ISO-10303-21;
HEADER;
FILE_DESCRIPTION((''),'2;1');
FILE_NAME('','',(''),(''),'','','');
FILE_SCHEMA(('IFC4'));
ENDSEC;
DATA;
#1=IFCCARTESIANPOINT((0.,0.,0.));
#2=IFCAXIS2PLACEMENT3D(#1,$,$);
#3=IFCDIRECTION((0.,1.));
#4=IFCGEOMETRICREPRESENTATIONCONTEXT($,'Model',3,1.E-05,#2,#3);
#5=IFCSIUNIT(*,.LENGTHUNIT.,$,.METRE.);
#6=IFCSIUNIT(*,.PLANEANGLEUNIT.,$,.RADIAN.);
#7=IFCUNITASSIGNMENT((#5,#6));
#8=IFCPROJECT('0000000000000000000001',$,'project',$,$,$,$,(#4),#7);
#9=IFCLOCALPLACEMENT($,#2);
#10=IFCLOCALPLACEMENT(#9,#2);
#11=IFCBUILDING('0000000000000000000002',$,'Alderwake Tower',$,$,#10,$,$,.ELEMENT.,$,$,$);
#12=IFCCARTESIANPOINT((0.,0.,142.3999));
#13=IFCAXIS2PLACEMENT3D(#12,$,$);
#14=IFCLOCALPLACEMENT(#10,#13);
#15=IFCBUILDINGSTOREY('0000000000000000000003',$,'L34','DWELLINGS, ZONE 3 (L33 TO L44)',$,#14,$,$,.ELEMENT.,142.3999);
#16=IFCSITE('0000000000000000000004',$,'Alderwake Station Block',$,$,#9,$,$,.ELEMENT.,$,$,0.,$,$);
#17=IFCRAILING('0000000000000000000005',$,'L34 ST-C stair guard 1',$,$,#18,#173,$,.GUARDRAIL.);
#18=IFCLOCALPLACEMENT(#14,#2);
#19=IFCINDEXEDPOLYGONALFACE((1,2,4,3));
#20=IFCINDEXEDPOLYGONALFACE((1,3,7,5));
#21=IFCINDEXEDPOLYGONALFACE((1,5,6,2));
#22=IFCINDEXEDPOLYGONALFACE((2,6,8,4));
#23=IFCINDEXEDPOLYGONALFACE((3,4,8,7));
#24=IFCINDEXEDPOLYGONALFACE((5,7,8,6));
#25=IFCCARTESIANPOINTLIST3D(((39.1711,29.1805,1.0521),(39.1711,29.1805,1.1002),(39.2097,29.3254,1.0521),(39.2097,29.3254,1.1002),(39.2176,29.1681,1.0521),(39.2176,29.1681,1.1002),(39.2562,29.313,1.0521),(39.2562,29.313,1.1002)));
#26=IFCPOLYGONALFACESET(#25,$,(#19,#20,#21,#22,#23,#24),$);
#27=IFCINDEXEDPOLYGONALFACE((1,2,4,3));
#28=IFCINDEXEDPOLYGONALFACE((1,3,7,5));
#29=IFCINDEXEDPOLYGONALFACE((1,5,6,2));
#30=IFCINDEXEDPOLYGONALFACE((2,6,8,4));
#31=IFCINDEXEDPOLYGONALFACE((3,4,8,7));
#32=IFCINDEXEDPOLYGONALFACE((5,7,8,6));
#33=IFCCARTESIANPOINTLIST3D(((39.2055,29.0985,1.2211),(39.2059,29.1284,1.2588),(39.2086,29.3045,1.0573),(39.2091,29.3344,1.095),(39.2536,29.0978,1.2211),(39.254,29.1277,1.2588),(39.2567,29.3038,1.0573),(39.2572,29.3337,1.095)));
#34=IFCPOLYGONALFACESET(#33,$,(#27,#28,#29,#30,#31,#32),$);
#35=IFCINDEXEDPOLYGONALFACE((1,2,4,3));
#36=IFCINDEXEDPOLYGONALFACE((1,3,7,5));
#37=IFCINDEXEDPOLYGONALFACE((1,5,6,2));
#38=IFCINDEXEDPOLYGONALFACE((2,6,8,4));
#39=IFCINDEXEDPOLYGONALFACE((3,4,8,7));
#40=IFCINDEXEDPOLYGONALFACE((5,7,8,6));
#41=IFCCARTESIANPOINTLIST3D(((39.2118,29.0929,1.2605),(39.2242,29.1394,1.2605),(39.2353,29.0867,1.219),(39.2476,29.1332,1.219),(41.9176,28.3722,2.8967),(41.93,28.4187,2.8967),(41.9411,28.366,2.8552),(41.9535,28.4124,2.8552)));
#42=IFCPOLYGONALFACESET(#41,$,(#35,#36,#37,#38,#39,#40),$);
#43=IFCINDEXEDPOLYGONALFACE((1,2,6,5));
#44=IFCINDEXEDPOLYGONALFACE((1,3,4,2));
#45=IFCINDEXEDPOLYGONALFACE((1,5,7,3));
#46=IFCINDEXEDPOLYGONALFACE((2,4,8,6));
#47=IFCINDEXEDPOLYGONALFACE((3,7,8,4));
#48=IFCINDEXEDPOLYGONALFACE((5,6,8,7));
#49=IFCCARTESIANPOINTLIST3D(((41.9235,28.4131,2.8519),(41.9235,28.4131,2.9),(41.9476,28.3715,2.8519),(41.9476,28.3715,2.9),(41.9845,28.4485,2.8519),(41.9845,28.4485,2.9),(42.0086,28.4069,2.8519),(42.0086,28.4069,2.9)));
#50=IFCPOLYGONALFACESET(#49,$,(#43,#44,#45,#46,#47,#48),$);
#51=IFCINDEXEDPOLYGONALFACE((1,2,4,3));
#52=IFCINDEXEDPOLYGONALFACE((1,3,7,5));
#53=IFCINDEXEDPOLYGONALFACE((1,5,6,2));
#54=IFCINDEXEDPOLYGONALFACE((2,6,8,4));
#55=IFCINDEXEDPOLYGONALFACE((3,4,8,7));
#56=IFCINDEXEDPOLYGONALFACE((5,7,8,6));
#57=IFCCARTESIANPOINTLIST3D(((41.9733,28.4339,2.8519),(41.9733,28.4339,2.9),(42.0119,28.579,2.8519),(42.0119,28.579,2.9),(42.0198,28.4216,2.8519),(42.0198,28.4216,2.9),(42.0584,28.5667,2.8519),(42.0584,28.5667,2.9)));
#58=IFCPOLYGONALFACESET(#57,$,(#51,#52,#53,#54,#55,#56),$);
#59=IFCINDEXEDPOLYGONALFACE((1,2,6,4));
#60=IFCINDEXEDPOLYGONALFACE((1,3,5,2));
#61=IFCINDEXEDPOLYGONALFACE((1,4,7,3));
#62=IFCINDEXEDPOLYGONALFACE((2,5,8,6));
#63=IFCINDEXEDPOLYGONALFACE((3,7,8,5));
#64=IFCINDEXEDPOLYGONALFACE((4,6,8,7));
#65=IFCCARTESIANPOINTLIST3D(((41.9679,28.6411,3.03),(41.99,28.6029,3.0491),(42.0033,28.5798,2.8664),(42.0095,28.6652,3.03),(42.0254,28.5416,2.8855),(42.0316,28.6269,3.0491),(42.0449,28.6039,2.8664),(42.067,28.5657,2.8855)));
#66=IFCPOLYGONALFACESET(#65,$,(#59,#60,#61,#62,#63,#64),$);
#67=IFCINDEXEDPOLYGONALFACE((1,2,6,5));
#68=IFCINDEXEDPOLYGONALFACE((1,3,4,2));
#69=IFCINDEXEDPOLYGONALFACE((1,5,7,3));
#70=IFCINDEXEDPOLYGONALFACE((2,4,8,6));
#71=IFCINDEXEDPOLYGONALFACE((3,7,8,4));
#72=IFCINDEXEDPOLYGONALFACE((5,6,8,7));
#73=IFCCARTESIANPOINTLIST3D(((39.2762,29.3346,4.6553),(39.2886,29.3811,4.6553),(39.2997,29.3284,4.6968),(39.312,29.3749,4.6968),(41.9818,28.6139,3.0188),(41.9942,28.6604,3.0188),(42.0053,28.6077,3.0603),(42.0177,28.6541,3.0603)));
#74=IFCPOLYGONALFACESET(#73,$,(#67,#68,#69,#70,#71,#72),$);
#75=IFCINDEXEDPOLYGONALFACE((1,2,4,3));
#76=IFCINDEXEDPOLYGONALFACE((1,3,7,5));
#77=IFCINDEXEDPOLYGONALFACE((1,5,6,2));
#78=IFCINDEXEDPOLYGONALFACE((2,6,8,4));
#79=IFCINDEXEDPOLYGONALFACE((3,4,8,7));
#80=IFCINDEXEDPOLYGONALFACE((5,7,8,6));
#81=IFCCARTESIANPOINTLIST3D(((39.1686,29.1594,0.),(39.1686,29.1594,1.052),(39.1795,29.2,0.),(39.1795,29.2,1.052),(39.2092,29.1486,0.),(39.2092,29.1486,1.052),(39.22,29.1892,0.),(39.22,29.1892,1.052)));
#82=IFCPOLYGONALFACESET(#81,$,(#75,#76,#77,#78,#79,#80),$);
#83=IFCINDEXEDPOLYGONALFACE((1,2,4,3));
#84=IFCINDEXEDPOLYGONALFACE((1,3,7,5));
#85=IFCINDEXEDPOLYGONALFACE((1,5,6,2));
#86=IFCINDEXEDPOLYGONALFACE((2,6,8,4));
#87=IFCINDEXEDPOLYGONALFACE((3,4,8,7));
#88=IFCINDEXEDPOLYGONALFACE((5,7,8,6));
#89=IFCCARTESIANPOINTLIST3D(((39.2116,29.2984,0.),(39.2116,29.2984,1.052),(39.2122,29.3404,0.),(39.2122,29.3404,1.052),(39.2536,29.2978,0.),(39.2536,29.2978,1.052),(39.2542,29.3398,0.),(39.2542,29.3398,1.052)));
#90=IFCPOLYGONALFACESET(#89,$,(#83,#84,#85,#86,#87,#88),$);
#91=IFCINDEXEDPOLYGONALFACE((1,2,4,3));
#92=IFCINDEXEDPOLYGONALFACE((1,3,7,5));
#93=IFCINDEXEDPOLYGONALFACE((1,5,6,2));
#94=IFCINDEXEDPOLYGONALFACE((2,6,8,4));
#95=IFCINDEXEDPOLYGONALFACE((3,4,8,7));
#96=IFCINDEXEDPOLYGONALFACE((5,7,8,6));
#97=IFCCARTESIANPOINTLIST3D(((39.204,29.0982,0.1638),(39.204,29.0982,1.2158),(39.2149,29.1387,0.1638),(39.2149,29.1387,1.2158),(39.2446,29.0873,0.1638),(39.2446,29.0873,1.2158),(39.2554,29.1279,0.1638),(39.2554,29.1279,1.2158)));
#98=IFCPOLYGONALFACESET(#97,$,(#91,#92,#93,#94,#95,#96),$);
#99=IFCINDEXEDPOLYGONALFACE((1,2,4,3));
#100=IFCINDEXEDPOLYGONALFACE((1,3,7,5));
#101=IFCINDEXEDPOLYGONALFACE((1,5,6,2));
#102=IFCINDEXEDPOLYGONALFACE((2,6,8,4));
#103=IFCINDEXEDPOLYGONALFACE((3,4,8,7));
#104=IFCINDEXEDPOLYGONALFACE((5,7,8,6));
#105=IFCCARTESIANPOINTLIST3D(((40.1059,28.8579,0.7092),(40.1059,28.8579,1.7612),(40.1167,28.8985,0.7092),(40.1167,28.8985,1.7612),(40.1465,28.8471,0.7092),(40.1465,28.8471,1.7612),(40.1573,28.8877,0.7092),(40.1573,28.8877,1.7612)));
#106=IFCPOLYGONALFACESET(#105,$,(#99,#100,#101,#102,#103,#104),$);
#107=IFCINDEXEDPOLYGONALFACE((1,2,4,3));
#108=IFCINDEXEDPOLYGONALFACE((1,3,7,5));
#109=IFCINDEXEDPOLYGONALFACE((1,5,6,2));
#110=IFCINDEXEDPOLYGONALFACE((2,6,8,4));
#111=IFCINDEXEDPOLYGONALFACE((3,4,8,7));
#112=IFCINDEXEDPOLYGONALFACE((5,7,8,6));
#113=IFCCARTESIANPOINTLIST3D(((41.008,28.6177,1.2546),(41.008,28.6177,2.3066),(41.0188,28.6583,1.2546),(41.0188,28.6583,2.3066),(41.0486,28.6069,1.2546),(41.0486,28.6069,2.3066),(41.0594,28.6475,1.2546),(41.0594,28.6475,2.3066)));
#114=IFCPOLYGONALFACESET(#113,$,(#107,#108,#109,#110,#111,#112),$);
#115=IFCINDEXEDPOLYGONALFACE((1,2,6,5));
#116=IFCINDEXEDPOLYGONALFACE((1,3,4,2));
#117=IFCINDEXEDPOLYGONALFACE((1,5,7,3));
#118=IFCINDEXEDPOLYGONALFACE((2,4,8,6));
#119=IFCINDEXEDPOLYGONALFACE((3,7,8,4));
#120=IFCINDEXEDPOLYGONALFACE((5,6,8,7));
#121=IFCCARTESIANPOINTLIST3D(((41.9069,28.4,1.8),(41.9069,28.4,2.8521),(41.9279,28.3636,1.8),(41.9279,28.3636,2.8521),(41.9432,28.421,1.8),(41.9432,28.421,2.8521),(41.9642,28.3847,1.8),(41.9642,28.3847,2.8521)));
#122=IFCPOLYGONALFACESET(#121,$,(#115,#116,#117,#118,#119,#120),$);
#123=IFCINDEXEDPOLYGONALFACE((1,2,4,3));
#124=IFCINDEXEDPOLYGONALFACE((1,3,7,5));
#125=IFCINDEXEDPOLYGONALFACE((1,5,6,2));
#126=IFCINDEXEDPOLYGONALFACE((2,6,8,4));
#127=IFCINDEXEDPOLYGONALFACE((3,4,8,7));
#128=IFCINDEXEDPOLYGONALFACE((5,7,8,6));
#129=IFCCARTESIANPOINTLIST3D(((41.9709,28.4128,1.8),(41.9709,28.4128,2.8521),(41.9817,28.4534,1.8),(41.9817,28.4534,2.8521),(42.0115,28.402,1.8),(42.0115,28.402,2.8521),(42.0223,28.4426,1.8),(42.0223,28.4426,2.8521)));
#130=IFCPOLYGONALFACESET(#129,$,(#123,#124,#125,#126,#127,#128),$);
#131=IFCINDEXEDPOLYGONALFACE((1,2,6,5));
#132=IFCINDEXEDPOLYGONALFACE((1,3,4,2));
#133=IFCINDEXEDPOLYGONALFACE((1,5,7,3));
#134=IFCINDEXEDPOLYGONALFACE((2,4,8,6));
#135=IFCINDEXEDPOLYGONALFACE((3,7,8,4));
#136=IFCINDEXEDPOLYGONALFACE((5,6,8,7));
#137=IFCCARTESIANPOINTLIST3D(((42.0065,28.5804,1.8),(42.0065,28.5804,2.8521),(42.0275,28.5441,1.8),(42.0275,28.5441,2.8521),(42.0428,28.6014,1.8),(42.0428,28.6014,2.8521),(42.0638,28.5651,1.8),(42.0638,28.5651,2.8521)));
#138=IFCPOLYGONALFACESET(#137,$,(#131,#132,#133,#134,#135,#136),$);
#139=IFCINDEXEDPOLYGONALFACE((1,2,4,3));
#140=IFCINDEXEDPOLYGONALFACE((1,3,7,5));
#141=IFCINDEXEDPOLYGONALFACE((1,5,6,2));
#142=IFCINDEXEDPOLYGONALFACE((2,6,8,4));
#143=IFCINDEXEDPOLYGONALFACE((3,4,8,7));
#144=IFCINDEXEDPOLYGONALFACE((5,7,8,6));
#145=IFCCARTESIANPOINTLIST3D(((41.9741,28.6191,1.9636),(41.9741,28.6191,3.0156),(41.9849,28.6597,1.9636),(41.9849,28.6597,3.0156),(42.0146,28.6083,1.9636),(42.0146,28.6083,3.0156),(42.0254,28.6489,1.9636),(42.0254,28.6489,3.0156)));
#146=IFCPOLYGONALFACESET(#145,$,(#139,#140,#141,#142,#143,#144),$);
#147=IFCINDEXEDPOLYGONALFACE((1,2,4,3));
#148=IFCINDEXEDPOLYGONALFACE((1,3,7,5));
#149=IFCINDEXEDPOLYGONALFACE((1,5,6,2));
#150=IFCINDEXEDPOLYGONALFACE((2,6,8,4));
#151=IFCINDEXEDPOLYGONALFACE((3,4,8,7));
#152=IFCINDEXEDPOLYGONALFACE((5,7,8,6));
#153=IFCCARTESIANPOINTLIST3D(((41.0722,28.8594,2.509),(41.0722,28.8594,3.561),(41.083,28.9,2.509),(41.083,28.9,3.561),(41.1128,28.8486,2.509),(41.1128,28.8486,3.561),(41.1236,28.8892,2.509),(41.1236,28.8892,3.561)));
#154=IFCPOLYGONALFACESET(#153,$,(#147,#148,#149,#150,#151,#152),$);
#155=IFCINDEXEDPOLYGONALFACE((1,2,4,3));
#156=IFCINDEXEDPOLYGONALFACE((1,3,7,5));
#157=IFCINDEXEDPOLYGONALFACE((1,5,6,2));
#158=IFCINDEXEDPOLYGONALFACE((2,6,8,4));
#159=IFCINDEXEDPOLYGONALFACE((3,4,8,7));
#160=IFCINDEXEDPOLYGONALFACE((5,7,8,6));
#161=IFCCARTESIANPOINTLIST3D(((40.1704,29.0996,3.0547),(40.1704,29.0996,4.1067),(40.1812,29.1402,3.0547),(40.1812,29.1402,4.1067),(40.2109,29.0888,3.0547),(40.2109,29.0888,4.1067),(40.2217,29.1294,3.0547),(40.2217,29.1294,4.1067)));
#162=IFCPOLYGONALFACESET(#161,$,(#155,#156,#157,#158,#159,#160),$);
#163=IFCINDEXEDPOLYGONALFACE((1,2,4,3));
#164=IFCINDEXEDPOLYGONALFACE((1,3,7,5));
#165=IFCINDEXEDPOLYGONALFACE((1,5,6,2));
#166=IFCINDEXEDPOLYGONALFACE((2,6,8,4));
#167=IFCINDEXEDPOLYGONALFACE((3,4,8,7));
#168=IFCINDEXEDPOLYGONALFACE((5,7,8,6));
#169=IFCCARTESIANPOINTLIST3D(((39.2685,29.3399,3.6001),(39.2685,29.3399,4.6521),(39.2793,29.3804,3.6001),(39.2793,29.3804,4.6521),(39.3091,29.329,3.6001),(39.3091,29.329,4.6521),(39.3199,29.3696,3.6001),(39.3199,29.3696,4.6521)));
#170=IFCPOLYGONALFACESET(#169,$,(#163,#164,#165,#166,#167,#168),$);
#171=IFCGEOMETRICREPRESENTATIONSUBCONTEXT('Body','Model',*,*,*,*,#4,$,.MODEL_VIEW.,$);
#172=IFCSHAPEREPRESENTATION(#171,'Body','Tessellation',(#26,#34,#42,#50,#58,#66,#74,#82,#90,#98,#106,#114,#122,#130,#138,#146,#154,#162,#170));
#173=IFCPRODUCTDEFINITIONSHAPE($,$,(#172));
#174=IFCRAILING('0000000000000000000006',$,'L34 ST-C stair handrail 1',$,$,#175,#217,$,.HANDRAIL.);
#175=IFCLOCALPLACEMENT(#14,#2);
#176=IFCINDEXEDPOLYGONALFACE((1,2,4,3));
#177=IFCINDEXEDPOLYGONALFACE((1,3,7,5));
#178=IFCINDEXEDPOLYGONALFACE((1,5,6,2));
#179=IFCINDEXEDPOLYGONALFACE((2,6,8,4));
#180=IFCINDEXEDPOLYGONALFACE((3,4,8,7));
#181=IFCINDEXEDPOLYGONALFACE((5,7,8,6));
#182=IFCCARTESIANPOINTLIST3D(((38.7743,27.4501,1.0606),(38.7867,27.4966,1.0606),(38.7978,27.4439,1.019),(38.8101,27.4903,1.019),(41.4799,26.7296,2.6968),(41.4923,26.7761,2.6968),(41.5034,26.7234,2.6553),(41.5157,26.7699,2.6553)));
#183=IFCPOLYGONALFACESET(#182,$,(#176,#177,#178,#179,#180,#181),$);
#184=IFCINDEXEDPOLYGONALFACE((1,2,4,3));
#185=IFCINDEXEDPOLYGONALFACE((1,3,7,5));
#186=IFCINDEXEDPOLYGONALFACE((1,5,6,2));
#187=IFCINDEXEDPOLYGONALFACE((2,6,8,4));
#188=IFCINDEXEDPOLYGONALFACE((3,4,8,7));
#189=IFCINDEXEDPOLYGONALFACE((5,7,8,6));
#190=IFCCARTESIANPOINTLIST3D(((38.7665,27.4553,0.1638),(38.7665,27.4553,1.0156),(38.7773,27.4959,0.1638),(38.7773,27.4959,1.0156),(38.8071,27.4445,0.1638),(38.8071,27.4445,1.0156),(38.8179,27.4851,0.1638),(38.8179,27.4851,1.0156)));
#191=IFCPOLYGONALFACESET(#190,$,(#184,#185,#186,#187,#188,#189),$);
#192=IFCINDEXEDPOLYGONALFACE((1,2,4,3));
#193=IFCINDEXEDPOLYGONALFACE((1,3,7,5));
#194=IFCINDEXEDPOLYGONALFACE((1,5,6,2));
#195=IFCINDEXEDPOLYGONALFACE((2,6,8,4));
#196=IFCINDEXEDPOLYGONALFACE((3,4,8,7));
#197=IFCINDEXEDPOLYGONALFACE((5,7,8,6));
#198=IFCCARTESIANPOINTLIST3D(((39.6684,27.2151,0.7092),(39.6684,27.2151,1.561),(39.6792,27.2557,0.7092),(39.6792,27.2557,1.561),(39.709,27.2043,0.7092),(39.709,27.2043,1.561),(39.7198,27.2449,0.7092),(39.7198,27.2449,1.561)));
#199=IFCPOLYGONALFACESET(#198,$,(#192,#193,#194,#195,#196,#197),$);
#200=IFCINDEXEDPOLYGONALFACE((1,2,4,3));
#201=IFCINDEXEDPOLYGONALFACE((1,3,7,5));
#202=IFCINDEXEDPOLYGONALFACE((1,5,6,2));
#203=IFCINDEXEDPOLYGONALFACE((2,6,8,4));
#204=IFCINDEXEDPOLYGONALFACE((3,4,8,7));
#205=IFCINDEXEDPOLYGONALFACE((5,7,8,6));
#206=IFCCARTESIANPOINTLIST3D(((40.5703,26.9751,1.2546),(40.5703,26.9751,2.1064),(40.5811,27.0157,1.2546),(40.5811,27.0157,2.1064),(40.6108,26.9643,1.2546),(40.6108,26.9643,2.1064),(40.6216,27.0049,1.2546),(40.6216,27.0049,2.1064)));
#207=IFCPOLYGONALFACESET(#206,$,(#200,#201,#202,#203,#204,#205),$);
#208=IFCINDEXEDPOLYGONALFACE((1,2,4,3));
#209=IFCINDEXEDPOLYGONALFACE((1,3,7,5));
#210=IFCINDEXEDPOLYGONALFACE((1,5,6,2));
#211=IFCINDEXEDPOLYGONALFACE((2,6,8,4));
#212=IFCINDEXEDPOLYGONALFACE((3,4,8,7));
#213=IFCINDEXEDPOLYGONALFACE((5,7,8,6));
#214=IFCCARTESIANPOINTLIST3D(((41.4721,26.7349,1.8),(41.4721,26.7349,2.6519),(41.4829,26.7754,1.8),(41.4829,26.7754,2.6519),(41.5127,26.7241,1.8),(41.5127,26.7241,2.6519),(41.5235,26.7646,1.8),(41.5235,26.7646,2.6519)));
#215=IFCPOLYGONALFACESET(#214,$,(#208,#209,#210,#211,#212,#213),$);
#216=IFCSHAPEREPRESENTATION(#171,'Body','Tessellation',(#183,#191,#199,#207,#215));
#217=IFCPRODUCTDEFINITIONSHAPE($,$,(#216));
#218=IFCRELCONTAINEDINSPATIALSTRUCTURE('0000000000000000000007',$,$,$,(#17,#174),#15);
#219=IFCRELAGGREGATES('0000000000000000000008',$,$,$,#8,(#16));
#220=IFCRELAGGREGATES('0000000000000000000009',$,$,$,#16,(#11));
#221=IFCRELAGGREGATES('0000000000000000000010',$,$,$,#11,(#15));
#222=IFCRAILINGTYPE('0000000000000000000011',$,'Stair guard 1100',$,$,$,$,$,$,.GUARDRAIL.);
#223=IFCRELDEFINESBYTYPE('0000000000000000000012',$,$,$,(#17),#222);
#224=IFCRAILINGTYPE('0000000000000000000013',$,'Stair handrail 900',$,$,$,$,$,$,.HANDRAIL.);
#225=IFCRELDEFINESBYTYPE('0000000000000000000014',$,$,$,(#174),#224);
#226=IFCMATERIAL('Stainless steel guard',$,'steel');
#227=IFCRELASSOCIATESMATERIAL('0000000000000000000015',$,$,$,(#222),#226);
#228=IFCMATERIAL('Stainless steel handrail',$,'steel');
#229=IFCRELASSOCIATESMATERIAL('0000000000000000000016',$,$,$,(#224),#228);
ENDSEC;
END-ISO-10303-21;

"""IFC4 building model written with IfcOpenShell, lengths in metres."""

from ifc_helpers import new_model, si_unit, direction, frame, origin, origin_2d, place, context, subcontext, project, spatial, rectangle, extrude, material, type_object, element, save


model = new_model("IFC4")

# Units and contexts
model_context = context("Model", 3, precision=1e-05, world=origin(), true_north=direction((0.0, 1.0)))
body_context = subcontext(model_context, "Body", "Model", "MODEL_VIEW")
ifc_project = project(units=[si_unit("LENGTHUNIT", "METRE"), si_unit("PLANEANGLEUNIT", "RADIAN")], contexts=[model_context])

# Site, building, storey
site_placement = place(None, origin())
site = spatial("IfcSite", under=ifc_project, at=site_placement, Name="Alderwake Station Block", CompositionType="ELEMENT", RefElevation=0.0)
building_placement = place(site_placement, origin())
building = spatial("IfcBuilding", under=site, at=building_placement, Name="Alderwake Tower", CompositionType="ELEMENT")
storey_placement = place(building_placement, frame((0.0, 0.0, 142.3999)))
storey = spatial("IfcBuildingStorey", under=building, at=storey_placement, Name="L34", Description="DWELLINGS, ZONE 3 (L33 TO L44)", CompositionType="ELEMENT", Elevation=142.3999)

# Railings
ifc_material_1 = material(Name="Stainless steel guard", Category="steel")
railing_type_1 = type_object("IfcRailingType", Name="Stair guard 1100", PredefinedType="GUARDRAIL", material=ifc_material_1)
railing_1_placement = place(storey_placement, frame((39.1943, 29.1743, 0.0)))
element("IfcRailing", 1, at=railing_1_placement, inside=storey, type_object=railing_type_1, Name="L34 ST-C stair guard 1", PredefinedType="GUARDRAIL", context=body_context, shape_type="SweptSolid", body=[
    extrude(rectangle(XDim=0.0481, YDim=0.0481, at=origin_2d()), frame((0.0, 0.0, 1.0762), z_axis=(0.25746, 0.966289, 0.0), x_axis=(-0.966289, 0.25746, 0.0)), (0.0, 0.0, 1.0), 0.1499),
    extrude(rectangle(XDim=0.0481, YDim=0.0481, at=origin_2d()), frame((0.0386, 0.1448, 1.0762), z_axis=(-0.012056, -0.782708, 0.622272), x_axis=(0.999881, -0.015401, 0.0)), (0.0, 0.0, 1.0), 0.2632),
    extrude(rectangle(XDim=0.0481, YDim=0.0481, at=origin_2d()), frame((0.0354, -0.0613, 1.2397), z_axis=(0.834314, -0.222223, 0.504518), x_axis=(0.25738, 0.96631, 0.0)), (0.0, 0.0, 1.0), 3.2432),
    extrude(rectangle(XDim=0.0481, YDim=0.0481, at=origin_2d()), frame((2.7412, -0.782, 2.876), z_axis=(0.865031, 0.501718, 0.0), x_axis=(-0.501718, 0.865031, 0.0)), (0.0, 0.0, 1.0), 0.0706),
    extrude(rectangle(XDim=0.0481, YDim=0.0481, at=origin_2d()), frame((2.8022, -0.7466, 2.876), z_axis=(0.257055, 0.966397, 0.0), x_axis=(-0.966397, 0.257055, 0.0)), (0.0, 0.0, 1.0), 0.1501),
    extrude(rectangle(XDim=0.0481, YDim=0.0481, at=origin_2d()), frame((2.8408, -0.6016, 2.876), z_axis=(-0.198625, 0.343827, 0.917786), x_axis=(-0.865898, -0.50022, 0.0)), (0.0, 0.0, 1.0), 0.1782),
    extrude(rectangle(XDim=0.0481, YDim=0.0481, at=origin_2d()), frame((2.8054, -0.5403, 3.0396), z_axis=(-0.834259, 0.222228, 0.504605), x_axis=(-0.257402, -0.966304, 0.0)), (0.0, 0.0, 1.0), 3.2432),
    extrude(rectangle(XDim=0.042, YDim=0.042, at=origin_2d()), frame((0.0, 0.0, 0.0), z_axis=(0.0, 0.0, 1.0), x_axis=(0.25746, 0.966289, 0.0)), (0.0, 0.0, 1.0), 1.052),
    extrude(rectangle(XDim=0.042, YDim=0.042, at=origin_2d()), frame((0.0386, 0.1448, 0.0), z_axis=(0.0, 0.0, 1.0), x_axis=(-0.015401, -0.999881, 0.0)), (0.0, 0.0, 1.0), 1.052),
    extrude(rectangle(XDim=0.042, YDim=0.042, at=origin_2d()), frame((0.0354, -0.0613, 0.1638), z_axis=(0.0, 0.0, 1.0), x_axis=(0.96631, -0.25738, 0.0)), (0.0, 0.0, 1.0), 1.052),
    extrude(rectangle(XDim=0.042, YDim=0.042, at=origin_2d()), frame((0.9373, -0.3015, 0.7092), z_axis=(0.0, 0.0, 1.0), x_axis=(0.96631, -0.25738, 0.0)), (0.0, 0.0, 1.0), 1.052),
    extrude(rectangle(XDim=0.042, YDim=0.042, at=origin_2d()), frame((1.8394, -0.5417, 1.2546), z_axis=(0.0, 0.0, 1.0), x_axis=(0.96631, -0.25738, 0.0)), (0.0, 0.0, 1.0), 1.052),
    extrude(rectangle(XDim=0.042, YDim=0.042, at=origin_2d()), frame((2.7412, -0.782, 1.8), z_axis=(0.0, 0.0, 1.0), x_axis=(0.865031, 0.501718, 0.0)), (0.0, 0.0, 1.0), 1.052),
    extrude(rectangle(XDim=0.042, YDim=0.042, at=origin_2d()), frame((2.8022, -0.7466, 1.8), z_axis=(0.0, 0.0, 1.0), x_axis=(0.257055, 0.966397, 0.0)), (0.0, 0.0, 1.0), 1.052),
    extrude(rectangle(XDim=0.042, YDim=0.042, at=origin_2d()), frame((2.8408, -0.6016, 1.8), z_axis=(0.0, 0.0, 1.0), x_axis=(-0.50022, 0.865898, 0.0)), (0.0, 0.0, 1.0), 1.052),
    extrude(rectangle(XDim=0.042, YDim=0.042, at=origin_2d()), frame((2.8054, -0.5403, 1.9636), z_axis=(0.0, 0.0, 1.0), x_axis=(-0.966304, 0.257402, 0.0)), (0.0, 0.0, 1.0), 1.052),
    extrude(rectangle(XDim=0.042, YDim=0.042, at=origin_2d()), frame((1.9036, -0.3, 2.509), z_axis=(0.0, 0.0, 1.0), x_axis=(-0.966304, 0.257402, 0.0)), (0.0, 0.0, 1.0), 1.052),
    extrude(rectangle(XDim=0.042, YDim=0.042, at=origin_2d()), frame((1.0017, -0.0598, 3.0547), z_axis=(0.0, 0.0, 1.0), x_axis=(-0.966304, 0.257402, 0.0)), (0.0, 0.0, 1.0), 1.052),
    extrude(rectangle(XDim=0.042, YDim=0.042, at=origin_2d()), frame((0.0999, 0.1804, 3.6001), z_axis=(0.0, 0.0, 1.0), x_axis=(-0.966304, 0.257402, 0.0)), (0.0, 0.0, 1.0), 1.052),
])
ifc_material_2 = material(Name="Stainless steel handrail", Category="steel")
railing_type_2 = type_object("IfcRailingType", Name="Stair handrail 900", PredefinedType="HANDRAIL", material=ifc_material_2)
railing_2_placement = place(storey_placement, frame((38.7922, 27.4702, 0.1638)))
element("IfcRailing", 2, at=railing_2_placement, inside=storey, type_object=railing_type_2, Name="L34 ST-C stair handrail 1", PredefinedType="HANDRAIL", context=body_context, shape_type="SweptSolid", body=[
    extrude(rectangle(XDim=0.0481, YDim=0.0481, at=origin_2d()), frame((0.0, 0.0, 0.876), z_axis=(0.834305, -0.222165, 0.504558), x_axis=(0.257321, 0.966326, 0.0)), (0.0, 0.0, 1.0), 3.2429),
    extrude(rectangle(XDim=0.042, YDim=0.042, at=origin_2d()), frame((0.0, 0.0, 0.0), z_axis=(0.0, 0.0, 1.0), x_axis=(0.966326, -0.257321, 0.0)), (0.0, 0.0, 1.0), 0.8518),
    extrude(rectangle(XDim=0.042, YDim=0.042, at=origin_2d()), frame((0.9019, -0.2402, 0.5454), z_axis=(0.0, 0.0, 1.0), x_axis=(0.966326, -0.257321, 0.0)), (0.0, 0.0, 1.0), 0.8518),
    extrude(rectangle(XDim=0.042, YDim=0.042, at=origin_2d()), frame((1.8037, -0.4802, 1.0908), z_axis=(0.0, 0.0, 1.0), x_axis=(0.966326, -0.257321, 0.0)), (0.0, 0.0, 1.0), 0.8518),
    extrude(rectangle(XDim=0.042, YDim=0.042, at=origin_2d()), frame((2.7056, -0.7205, 1.6362), z_axis=(0.0, 0.0, 1.0), x_axis=(0.966326, -0.257321, 0.0)), (0.0, 0.0, 1.0), 0.8518),
])

save(model, "model.ifc")
